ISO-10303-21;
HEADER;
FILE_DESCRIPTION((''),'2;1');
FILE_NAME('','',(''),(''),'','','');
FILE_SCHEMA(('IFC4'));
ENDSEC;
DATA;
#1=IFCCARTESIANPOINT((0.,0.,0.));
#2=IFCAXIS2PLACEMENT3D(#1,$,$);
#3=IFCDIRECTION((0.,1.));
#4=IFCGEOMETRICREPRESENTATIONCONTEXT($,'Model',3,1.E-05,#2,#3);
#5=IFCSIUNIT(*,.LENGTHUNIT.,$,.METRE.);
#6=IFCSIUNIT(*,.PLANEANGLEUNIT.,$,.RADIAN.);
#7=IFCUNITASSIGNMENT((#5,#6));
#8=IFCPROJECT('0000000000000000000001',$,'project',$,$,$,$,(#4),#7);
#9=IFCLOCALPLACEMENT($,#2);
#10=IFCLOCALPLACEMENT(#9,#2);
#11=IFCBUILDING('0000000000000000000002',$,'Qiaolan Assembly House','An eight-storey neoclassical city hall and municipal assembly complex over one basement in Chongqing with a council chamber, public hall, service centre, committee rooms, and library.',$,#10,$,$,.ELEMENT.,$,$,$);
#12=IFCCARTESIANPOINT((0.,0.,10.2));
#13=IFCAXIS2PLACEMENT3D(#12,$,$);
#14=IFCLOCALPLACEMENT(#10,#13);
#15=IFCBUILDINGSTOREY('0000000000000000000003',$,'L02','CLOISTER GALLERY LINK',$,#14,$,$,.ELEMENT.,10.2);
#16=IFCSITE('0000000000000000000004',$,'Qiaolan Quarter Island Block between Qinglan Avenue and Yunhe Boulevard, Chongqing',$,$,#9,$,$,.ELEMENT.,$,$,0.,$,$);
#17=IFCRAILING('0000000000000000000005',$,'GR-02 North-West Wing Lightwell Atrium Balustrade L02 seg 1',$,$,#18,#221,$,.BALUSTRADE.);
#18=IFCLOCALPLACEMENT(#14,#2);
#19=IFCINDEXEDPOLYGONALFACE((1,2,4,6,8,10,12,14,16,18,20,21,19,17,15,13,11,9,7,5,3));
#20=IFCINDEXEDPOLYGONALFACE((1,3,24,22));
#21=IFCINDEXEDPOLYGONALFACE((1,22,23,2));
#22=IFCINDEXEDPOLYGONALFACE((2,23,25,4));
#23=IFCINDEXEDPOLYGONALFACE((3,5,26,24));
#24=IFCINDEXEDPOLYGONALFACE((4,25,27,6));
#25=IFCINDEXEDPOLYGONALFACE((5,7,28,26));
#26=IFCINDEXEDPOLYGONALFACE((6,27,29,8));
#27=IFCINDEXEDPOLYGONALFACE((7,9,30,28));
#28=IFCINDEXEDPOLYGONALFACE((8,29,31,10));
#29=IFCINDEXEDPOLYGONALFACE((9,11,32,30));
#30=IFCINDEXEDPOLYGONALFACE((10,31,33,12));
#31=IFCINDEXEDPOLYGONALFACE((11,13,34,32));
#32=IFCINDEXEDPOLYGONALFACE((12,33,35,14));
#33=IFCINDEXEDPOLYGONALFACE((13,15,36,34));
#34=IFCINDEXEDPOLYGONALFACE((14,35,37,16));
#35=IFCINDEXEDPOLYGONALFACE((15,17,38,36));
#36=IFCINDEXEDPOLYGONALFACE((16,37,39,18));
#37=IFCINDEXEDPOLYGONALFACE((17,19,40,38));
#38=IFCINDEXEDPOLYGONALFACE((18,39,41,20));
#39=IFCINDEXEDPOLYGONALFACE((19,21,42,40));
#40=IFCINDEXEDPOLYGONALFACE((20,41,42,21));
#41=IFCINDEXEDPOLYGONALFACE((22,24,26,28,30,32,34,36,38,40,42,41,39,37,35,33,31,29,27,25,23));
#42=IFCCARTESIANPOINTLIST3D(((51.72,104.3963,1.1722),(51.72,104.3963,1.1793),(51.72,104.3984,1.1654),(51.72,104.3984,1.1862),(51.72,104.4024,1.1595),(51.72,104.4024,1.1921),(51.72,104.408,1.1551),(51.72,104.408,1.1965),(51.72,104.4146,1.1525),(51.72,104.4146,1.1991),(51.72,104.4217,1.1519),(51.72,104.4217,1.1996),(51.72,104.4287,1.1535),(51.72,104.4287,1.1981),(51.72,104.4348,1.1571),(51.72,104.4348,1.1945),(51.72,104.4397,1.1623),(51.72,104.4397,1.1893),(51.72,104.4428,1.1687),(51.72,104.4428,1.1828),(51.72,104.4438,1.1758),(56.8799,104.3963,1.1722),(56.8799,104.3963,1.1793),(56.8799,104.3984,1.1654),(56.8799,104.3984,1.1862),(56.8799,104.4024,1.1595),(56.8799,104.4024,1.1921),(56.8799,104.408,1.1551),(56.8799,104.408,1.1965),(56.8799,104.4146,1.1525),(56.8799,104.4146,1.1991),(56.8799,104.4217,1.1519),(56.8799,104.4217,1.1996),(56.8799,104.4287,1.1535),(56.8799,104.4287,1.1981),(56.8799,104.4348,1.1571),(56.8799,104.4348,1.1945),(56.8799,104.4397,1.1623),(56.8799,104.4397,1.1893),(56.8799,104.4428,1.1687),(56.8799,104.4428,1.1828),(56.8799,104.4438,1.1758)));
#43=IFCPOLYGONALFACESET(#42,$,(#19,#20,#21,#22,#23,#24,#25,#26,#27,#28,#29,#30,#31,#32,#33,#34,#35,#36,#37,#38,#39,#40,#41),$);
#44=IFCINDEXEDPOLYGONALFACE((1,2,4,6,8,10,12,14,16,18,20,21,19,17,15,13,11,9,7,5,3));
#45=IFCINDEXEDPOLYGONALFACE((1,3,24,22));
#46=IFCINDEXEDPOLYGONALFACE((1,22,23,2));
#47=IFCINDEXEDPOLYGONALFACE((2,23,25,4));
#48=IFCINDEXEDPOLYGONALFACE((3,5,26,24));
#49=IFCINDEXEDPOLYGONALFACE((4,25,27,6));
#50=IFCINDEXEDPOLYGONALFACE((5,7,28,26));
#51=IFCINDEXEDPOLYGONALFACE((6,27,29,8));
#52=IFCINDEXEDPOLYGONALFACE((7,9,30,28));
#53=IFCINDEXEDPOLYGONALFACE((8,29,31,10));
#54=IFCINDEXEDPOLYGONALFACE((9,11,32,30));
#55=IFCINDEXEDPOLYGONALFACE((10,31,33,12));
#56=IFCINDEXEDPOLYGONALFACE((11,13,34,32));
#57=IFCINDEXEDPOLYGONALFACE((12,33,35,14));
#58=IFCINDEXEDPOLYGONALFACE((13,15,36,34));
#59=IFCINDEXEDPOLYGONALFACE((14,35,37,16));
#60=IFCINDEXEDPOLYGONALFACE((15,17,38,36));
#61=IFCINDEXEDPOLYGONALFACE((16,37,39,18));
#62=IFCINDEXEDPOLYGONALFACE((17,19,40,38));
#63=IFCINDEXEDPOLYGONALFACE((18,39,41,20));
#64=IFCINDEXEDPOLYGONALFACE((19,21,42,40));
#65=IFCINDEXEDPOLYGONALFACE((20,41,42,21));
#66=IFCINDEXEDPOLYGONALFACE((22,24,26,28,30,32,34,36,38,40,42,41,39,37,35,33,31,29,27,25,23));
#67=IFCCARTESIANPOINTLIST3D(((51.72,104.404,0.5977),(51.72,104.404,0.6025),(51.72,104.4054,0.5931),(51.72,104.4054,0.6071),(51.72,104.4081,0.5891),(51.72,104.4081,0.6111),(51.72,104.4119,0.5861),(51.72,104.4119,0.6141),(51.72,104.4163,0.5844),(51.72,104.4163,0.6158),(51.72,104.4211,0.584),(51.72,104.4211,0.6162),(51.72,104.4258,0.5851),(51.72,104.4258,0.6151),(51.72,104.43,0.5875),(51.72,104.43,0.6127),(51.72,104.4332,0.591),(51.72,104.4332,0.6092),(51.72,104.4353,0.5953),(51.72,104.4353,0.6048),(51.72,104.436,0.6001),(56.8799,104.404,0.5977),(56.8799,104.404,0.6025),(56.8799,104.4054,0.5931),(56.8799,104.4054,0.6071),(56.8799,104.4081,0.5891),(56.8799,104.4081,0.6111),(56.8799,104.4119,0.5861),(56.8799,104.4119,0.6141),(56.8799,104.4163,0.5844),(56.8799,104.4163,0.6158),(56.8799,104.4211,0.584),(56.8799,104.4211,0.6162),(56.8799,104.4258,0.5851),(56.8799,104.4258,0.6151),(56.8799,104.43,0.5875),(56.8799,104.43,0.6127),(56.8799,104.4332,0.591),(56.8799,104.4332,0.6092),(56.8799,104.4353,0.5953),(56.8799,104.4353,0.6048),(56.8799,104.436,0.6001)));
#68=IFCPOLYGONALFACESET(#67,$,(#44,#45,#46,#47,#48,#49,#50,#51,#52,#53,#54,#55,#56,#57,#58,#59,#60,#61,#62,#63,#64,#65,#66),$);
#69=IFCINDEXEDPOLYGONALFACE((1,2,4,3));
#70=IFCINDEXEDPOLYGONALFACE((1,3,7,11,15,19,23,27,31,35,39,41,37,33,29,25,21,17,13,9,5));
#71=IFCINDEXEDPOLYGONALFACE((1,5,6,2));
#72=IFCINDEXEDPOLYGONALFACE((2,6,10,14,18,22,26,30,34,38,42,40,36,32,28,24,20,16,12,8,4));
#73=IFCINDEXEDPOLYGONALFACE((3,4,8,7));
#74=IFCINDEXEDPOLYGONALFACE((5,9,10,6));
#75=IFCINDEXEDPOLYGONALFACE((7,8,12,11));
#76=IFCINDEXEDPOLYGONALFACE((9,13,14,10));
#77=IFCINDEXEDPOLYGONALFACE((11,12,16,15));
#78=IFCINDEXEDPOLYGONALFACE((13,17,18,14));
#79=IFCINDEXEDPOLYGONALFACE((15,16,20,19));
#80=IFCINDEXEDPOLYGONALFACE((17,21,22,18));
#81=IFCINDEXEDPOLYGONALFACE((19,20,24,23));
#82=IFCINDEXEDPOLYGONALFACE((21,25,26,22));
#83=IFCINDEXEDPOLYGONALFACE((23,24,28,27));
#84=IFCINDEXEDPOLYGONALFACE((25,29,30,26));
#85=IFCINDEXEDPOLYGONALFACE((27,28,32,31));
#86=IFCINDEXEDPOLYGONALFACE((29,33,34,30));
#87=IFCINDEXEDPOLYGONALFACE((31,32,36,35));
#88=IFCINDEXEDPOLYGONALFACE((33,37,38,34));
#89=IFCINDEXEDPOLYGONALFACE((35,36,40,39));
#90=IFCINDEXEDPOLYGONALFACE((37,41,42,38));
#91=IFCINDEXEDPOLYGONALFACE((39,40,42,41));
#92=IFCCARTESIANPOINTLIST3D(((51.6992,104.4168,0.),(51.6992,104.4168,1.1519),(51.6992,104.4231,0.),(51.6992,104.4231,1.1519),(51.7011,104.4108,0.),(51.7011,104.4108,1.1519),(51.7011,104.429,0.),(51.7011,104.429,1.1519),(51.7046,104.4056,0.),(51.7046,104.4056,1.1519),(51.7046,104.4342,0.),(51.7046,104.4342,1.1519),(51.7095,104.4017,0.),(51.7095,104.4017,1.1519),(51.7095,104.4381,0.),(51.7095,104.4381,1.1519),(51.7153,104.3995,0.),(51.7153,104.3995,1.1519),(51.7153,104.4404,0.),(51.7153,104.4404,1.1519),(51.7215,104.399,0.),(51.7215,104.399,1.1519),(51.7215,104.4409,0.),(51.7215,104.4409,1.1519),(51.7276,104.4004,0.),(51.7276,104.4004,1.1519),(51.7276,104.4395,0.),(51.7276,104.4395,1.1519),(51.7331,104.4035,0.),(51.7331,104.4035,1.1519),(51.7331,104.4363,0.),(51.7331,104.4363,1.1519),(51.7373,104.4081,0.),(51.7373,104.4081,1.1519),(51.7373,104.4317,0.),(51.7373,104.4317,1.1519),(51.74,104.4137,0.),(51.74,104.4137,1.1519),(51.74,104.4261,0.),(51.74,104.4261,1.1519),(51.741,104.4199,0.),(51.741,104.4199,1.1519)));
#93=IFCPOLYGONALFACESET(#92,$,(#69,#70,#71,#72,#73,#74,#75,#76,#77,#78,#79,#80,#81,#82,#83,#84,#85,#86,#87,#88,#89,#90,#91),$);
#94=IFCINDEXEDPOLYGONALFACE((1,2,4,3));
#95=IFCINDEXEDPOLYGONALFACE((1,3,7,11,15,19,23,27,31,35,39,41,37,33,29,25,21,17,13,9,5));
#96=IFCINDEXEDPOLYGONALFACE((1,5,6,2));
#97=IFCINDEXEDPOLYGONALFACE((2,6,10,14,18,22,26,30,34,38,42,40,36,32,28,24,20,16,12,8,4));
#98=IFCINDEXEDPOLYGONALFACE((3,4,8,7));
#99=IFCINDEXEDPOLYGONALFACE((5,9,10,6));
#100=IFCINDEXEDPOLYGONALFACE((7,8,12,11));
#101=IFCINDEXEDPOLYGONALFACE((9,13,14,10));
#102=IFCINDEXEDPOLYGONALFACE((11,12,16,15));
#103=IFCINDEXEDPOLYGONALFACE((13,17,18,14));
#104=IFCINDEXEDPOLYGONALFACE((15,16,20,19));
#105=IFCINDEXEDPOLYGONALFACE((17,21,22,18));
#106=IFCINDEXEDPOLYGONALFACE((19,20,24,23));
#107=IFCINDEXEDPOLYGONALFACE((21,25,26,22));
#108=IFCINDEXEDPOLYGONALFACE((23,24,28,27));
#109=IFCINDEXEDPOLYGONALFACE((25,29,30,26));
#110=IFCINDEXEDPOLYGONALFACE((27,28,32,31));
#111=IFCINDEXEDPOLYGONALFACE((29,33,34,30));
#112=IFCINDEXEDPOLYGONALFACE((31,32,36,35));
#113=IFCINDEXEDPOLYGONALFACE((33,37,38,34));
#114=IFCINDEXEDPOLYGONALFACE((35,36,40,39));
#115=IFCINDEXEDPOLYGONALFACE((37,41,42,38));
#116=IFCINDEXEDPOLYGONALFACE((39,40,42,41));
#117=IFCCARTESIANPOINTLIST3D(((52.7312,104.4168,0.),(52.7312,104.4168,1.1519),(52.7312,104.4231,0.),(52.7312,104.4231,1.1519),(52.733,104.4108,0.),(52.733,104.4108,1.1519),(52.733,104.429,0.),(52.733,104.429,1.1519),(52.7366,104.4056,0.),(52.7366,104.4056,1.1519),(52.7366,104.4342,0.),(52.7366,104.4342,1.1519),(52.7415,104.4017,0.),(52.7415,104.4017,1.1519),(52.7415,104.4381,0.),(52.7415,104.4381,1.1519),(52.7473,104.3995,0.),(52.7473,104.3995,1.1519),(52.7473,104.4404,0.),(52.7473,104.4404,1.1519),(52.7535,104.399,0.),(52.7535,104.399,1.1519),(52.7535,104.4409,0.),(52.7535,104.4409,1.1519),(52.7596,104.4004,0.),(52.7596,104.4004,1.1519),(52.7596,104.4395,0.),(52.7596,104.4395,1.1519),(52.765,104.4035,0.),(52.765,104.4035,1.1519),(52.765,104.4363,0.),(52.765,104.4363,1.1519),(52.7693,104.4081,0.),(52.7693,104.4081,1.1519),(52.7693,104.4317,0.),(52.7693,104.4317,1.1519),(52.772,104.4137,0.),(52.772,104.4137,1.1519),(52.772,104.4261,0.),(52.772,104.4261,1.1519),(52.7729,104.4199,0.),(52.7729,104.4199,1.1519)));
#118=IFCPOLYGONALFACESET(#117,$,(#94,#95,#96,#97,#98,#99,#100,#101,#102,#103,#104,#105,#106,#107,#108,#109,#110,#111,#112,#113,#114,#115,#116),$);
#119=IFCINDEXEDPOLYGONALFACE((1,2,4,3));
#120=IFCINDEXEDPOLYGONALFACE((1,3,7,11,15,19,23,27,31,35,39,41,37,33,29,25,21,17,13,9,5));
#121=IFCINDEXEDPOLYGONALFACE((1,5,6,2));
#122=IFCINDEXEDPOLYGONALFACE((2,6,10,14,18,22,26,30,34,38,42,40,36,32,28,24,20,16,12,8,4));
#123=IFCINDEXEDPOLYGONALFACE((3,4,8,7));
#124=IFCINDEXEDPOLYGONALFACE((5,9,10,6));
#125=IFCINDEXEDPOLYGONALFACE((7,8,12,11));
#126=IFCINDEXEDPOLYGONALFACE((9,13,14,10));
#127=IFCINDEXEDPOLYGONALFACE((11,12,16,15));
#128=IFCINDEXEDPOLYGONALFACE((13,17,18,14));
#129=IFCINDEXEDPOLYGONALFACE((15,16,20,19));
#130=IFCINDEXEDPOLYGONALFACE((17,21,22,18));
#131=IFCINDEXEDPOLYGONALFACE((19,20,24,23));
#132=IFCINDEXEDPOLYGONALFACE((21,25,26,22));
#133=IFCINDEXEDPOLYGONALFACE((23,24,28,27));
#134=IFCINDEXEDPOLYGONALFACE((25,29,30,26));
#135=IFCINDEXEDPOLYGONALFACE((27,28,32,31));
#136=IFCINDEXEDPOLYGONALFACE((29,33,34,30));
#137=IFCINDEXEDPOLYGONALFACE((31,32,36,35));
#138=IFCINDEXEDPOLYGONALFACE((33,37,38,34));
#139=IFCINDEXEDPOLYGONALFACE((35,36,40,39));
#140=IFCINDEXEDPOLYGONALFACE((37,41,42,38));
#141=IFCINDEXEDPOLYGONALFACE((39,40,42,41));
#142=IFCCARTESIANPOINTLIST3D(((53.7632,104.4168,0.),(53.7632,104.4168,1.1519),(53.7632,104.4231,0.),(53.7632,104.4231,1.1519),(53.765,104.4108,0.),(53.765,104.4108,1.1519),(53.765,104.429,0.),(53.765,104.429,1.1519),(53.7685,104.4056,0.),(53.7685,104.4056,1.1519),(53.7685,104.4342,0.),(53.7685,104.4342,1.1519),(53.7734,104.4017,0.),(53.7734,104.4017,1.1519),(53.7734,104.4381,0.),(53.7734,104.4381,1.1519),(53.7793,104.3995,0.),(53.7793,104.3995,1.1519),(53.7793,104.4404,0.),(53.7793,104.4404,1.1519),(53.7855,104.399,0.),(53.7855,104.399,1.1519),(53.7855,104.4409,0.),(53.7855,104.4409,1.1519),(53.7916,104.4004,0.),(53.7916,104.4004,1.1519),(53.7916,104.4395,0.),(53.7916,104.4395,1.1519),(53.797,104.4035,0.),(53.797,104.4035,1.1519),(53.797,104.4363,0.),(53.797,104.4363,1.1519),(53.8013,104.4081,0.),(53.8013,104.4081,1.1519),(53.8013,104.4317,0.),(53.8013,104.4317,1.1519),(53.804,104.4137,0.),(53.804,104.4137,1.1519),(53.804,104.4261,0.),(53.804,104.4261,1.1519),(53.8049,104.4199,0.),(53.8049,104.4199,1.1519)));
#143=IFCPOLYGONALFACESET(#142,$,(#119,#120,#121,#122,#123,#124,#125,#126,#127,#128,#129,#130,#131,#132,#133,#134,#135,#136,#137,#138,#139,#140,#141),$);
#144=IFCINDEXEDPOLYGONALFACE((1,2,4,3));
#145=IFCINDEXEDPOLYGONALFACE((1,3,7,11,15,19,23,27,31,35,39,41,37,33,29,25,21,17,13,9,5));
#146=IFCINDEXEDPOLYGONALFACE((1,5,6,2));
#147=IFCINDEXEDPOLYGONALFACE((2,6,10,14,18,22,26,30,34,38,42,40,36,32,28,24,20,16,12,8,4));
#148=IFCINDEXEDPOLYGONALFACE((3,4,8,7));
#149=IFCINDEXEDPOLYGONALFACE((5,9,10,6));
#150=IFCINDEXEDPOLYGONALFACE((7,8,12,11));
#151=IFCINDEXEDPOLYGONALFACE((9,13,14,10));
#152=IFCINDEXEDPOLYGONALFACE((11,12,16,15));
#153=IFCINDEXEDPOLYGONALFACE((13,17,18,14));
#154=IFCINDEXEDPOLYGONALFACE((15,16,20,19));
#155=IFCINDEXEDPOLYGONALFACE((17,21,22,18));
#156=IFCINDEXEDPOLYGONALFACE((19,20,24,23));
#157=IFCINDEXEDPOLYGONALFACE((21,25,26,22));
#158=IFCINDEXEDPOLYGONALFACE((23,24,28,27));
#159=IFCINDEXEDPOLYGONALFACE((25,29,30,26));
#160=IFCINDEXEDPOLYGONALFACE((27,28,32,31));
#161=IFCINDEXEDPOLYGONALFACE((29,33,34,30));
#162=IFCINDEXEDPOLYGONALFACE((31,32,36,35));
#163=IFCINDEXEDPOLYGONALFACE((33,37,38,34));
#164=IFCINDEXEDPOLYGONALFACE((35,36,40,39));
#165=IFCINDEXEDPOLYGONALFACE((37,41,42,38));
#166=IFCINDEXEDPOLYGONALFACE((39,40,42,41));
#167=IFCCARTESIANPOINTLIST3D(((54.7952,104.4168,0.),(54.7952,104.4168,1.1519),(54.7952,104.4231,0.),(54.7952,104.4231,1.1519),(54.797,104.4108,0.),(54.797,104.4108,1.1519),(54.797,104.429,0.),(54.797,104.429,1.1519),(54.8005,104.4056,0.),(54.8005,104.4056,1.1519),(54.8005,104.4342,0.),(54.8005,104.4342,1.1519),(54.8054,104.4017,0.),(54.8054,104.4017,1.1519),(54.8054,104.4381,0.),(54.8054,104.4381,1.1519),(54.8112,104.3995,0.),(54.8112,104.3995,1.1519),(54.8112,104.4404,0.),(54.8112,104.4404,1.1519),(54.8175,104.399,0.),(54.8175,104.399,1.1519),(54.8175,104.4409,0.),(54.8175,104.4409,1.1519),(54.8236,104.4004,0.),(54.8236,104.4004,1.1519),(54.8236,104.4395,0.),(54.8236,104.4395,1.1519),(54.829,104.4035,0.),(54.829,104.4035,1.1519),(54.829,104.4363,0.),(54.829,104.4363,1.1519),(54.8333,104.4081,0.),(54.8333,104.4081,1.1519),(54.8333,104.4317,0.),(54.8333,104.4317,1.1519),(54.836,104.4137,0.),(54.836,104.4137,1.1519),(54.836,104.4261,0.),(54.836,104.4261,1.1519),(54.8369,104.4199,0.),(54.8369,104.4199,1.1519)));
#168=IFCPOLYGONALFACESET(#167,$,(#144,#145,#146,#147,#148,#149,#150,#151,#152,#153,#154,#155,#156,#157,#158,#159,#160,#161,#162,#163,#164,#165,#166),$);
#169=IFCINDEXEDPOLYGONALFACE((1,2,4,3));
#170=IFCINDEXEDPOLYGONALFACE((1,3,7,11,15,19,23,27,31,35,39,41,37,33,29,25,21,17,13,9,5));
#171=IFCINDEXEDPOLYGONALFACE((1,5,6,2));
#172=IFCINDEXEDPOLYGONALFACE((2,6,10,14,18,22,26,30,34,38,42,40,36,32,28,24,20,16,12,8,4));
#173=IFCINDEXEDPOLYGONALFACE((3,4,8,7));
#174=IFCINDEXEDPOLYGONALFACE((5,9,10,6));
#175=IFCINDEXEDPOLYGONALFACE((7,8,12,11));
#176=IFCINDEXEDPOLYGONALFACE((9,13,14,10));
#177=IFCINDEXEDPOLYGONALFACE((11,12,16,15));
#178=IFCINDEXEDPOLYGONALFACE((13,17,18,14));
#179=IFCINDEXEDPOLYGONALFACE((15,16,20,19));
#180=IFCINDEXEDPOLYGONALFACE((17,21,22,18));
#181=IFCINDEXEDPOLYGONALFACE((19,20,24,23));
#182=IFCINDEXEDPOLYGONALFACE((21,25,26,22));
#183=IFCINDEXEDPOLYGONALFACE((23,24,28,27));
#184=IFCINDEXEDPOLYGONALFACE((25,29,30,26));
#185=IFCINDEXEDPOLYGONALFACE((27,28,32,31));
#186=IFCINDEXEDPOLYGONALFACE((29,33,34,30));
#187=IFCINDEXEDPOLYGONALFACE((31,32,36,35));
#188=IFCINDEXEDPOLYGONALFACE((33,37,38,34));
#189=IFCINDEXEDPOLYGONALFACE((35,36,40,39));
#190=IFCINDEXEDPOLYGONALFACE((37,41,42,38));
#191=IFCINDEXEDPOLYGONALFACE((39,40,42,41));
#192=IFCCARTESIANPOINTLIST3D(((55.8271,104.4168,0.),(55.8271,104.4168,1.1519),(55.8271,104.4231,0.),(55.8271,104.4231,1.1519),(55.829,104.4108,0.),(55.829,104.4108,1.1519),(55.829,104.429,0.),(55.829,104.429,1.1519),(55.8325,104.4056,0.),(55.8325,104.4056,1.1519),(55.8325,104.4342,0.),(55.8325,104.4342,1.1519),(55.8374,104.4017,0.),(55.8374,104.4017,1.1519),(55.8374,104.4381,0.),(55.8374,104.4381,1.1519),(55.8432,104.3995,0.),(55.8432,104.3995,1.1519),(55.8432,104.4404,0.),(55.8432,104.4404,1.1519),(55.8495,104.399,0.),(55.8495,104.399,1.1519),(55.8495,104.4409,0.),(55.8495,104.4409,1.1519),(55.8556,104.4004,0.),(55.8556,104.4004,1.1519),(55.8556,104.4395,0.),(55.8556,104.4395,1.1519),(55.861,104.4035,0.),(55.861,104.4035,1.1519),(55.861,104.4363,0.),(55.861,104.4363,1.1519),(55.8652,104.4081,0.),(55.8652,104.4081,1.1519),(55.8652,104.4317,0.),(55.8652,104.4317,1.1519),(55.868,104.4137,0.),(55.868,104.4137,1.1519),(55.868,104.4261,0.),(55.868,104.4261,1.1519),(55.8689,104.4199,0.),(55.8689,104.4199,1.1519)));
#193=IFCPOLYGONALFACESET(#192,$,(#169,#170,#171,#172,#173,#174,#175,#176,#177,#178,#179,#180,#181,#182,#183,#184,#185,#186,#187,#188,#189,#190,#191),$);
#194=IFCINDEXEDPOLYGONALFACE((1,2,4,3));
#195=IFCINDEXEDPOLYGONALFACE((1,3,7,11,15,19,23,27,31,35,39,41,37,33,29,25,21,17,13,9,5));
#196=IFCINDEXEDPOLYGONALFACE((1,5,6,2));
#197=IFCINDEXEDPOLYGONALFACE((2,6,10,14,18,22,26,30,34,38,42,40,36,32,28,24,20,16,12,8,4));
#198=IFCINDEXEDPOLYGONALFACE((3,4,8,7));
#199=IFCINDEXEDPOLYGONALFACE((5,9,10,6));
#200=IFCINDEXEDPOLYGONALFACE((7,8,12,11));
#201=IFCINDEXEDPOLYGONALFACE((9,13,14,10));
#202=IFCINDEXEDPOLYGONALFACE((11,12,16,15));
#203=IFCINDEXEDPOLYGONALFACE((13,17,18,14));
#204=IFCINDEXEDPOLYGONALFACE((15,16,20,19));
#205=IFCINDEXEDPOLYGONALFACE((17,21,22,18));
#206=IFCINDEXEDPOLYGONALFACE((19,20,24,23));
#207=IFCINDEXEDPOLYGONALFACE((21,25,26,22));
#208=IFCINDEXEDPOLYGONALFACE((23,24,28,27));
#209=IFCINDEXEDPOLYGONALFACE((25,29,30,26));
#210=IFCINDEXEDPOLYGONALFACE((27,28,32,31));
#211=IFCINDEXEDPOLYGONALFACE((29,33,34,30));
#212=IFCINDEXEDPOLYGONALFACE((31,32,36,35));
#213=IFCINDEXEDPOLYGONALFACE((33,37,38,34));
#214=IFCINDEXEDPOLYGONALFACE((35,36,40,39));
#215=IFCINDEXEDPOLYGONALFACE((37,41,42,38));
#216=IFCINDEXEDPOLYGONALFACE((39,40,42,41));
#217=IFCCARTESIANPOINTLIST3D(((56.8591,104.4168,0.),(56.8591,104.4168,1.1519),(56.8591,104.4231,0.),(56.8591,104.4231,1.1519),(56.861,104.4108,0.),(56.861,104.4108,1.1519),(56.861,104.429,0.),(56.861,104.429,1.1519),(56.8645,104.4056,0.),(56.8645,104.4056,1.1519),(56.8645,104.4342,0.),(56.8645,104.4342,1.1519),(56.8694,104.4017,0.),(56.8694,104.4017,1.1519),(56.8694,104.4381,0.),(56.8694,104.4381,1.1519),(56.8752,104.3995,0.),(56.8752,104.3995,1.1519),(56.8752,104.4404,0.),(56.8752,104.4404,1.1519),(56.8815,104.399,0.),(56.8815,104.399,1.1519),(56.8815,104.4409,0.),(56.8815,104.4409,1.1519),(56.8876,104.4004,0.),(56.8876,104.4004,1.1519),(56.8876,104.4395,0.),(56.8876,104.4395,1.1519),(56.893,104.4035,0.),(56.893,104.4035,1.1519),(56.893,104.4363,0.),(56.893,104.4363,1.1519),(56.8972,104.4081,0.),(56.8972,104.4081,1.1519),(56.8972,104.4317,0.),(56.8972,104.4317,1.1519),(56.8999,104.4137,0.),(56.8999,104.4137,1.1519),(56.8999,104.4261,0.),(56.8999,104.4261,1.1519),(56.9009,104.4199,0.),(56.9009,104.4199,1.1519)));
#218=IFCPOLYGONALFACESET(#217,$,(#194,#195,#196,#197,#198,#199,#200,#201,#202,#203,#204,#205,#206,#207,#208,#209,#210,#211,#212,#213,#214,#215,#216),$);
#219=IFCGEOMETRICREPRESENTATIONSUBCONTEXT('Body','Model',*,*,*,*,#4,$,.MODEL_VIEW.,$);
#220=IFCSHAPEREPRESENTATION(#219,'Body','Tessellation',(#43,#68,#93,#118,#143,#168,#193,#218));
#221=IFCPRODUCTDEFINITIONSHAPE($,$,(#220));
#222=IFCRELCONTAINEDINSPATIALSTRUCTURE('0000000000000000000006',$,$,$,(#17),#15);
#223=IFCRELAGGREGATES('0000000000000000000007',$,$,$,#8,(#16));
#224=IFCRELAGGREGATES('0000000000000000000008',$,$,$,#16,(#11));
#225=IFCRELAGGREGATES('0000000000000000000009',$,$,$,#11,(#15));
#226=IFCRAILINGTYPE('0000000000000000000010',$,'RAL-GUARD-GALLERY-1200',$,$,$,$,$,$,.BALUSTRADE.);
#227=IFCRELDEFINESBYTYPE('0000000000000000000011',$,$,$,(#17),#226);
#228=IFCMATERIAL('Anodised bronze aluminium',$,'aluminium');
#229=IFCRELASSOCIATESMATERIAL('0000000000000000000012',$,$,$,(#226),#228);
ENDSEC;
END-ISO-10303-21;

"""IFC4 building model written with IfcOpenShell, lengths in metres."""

from ifc_helpers import new_model, si_unit, direction, frame, origin, origin_2d, place, context, subcontext, project, spatial, circle, extrude, material, type_object, element, save


model = new_model("IFC4")

# Units and contexts
model_context = context("Model", 3, precision=1e-05, world=origin(), true_north=direction((0.0, 1.0)))
body_context = subcontext(model_context, "Body", "Model", "MODEL_VIEW")
ifc_project = project(units=[si_unit("LENGTHUNIT", "METRE"), si_unit("PLANEANGLEUNIT", "RADIAN")], contexts=[model_context])

# Site, building, storey
site_placement = place(None, origin())
site = spatial("IfcSite", under=ifc_project, at=site_placement, Name="Qiaolan Quarter Island Block between Qinglan Avenue and Yunhe Boulevard, Chongqing", CompositionType="ELEMENT", RefElevation=0.0)
building_placement = place(site_placement, origin())
building = spatial("IfcBuilding", under=site, at=building_placement, Name="Qiaolan Assembly House", Description="An eight-storey neoclassical city hall and municipal assembly complex over one basement in Chongqing with a council chamber, public hall, service centre, committee rooms, and library.", CompositionType="ELEMENT")
storey_placement = place(building_placement, frame((0.0, 0.0, 10.2)))
storey = spatial("IfcBuildingStorey", under=building, at=storey_placement, Name="L02", Description="CLOISTER GALLERY LINK", CompositionType="ELEMENT", Elevation=10.2)

# Railing
ifc_material_1 = material(Name="Anodised bronze aluminium", Category="aluminium")
railing_type = type_object("IfcRailingType", Name="RAL-GUARD-GALLERY-1200", PredefinedType="BALUSTRADE", material=ifc_material_1)
railing_1_placement = place(storey_placement, frame((51.72, 104.4199, 0.0)))
element("IfcRailing", 1, at=railing_1_placement, inside=storey, type_object=railing_type, Name="GR-02 North-West Wing Lightwell Atrium Balustrade L02 seg 1", PredefinedType="BALUSTRADE", context=body_context, shape_type="SweptSolid", body=[
    extrude(circle(Radius=0.0239, at=origin_2d()), frame((0.0, 0.0, 1.1758), z_axis=(1.0, 0.0, 0.0), x_axis=(0.0, 1.0, 0.0)), (0.0, 0.0, 1.0), 5.1599),
    extrude(circle(Radius=0.0161, at=origin_2d()), frame((0.0, 0.0, 0.6001), z_axis=(1.0, 0.0, 0.0), x_axis=(0.0, 1.0, 0.0)), (0.0, 0.0, 1.0), 5.1599),
    extrude(circle(Radius=0.021, at=origin_2d()), origin(), (0.0, 0.0, 1.0), 1.1519),
    extrude(circle(Radius=0.021, at=origin_2d()), frame((1.032, 0.0, 0.0)), (0.0, 0.0, 1.0), 1.1519),
    extrude(circle(Radius=0.021, at=origin_2d()), frame((2.064, 0.0, 0.0)), (0.0, 0.0, 1.0), 1.1519),
    extrude(circle(Radius=0.021, at=origin_2d()), frame((3.0959, 0.0, 0.0)), (0.0, 0.0, 1.0), 1.1519),
    extrude(circle(Radius=0.021, at=origin_2d()), frame((4.1279, 0.0, 0.0)), (0.0, 0.0, 1.0), 1.1519),
    extrude(circle(Radius=0.021, at=origin_2d()), frame((5.1599, 0.0, 0.0)), (0.0, 0.0, 1.0), 1.1519),
])

save(model, "model.ifc")
